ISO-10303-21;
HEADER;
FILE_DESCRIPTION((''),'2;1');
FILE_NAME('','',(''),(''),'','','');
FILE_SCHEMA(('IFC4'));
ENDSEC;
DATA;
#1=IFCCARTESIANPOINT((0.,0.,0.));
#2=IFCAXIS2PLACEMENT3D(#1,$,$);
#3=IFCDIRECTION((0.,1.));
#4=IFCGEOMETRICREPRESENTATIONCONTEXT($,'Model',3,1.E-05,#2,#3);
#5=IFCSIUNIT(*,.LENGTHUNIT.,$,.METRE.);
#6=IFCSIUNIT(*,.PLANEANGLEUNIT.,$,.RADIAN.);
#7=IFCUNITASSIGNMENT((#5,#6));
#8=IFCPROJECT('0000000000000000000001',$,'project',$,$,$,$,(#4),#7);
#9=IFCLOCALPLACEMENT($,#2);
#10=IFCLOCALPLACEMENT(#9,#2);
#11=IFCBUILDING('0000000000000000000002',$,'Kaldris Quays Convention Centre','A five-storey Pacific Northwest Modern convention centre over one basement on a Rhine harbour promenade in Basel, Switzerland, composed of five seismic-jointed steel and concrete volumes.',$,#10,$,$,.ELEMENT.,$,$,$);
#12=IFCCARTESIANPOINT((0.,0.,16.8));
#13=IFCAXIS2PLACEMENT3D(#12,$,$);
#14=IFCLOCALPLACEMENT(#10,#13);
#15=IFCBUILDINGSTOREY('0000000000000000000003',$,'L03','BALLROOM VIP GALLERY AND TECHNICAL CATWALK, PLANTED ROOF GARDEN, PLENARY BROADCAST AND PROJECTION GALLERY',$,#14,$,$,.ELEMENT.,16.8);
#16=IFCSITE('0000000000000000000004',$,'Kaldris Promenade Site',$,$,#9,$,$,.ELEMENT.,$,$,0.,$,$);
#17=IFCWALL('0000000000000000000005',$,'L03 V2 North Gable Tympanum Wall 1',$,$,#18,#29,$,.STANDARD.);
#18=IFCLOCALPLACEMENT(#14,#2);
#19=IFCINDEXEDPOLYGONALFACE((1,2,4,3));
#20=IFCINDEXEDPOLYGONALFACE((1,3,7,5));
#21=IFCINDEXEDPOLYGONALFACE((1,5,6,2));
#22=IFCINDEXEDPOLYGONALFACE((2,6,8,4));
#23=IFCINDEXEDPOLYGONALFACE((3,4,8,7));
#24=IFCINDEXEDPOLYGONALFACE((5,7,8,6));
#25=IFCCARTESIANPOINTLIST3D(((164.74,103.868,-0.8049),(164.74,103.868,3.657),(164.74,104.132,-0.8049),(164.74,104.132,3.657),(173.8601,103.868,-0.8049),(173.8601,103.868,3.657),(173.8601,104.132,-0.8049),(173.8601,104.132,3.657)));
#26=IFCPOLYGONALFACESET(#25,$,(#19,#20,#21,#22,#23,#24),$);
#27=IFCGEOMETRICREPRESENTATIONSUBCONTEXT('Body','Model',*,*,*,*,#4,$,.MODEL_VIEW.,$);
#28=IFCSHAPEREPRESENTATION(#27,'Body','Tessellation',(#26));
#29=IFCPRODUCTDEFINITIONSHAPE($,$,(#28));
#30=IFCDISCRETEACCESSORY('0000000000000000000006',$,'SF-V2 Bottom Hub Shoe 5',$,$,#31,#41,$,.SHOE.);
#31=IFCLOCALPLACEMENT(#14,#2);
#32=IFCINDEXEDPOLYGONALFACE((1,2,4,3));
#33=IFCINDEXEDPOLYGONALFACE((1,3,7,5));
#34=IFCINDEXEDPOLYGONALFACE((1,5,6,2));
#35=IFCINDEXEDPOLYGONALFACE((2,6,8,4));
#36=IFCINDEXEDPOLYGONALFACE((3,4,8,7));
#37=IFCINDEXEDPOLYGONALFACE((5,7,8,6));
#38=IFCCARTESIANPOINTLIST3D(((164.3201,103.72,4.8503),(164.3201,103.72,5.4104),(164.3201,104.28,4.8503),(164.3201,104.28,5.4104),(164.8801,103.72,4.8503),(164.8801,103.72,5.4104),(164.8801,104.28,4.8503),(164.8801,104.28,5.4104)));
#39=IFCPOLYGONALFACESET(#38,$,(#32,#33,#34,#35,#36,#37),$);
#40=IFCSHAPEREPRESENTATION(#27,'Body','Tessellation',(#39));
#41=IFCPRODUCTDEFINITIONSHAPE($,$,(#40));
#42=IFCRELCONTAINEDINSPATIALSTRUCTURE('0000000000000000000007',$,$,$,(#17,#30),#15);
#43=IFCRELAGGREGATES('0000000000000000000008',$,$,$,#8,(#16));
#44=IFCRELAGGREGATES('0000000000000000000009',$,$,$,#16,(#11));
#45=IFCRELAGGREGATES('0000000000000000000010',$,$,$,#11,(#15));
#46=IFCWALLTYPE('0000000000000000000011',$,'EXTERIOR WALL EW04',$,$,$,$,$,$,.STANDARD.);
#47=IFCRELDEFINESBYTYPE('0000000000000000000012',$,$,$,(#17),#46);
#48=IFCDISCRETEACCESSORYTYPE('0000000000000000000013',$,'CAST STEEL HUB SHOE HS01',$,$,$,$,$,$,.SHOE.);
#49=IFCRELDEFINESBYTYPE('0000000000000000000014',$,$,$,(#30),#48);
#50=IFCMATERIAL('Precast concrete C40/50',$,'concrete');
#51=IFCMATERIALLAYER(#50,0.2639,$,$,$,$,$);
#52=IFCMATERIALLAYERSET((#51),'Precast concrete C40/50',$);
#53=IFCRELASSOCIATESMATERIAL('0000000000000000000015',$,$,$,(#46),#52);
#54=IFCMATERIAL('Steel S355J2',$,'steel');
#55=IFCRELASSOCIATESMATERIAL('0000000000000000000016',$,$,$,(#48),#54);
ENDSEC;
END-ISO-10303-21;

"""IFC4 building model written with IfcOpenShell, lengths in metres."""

from ifc_helpers import new_model, si_unit, direction, frame, frame_2d, origin, origin_2d, place, context, subcontext, project, spatial, rectangle, extrude, material, layer, layer_set, type_object, element, save


model = new_model("IFC4")

# Units and contexts
model_context = context("Model", 3, precision=1e-05, world=origin(), true_north=direction((0.0, 1.0)))
body_context = subcontext(model_context, "Body", "Model", "MODEL_VIEW")
ifc_project = project(units=[si_unit("LENGTHUNIT", "METRE"), si_unit("PLANEANGLEUNIT", "RADIAN")], contexts=[model_context])

# Site, building, storey
site_placement = place(None, origin())
site = spatial("IfcSite", under=ifc_project, at=site_placement, Name="Kaldris Promenade Site", CompositionType="ELEMENT", RefElevation=0.0)
building_placement = place(site_placement, origin())
building = spatial("IfcBuilding", under=site, at=building_placement, Name="Kaldris Quays Convention Centre", Description="A five-storey Pacific Northwest Modern convention centre over one basement on a Rhine harbour promenade in Basel, Switzerland, composed of five seismic-jointed steel and concrete volumes.", CompositionType="ELEMENT")
storey_placement = place(building_placement, frame((0.0, 0.0, 16.8)))
storey = spatial("IfcBuildingStorey", under=building, at=storey_placement, Name="L03", Description="BALLROOM VIP GALLERY AND TECHNICAL CATWALK, PLANTED ROOF GARDEN, PLENARY BROADCAST AND PROJECTION GALLERY", CompositionType="ELEMENT", Elevation=16.8)

# Shared definitions
ifc_material_1 = material(Name="Steel S355J2", Category="steel")

# Wall
ifc_material_2 = material(Name="Precast concrete C40/50", Category="concrete")
ifc_layer = layer(ifc_material_2, 0.2639)
ifc_layer_set = layer_set([ifc_layer], Name="Precast concrete C40/50")
wall_type = type_object("IfcWallType", Name="EXTERIOR WALL EW04", PredefinedType="STANDARD", material=ifc_layer_set)
wall_placement = place(storey_placement, frame((164.74, 104.0, -0.8049), z_axis=(0.0, 0.0, 1.0), x_axis=(1.0, 0.0, 0.0)))
element("IfcWall", 1, at=wall_placement, inside=storey, type_object=wall_type, Name="L03 V2 North Gable Tympanum Wall 1", PredefinedType="STANDARD", context=body_context, shape_type="SweptSolid", body=[
    extrude(rectangle(XDim=9.1201, YDim=0.2639, at=frame_2d((4.5601, 0.0))), origin(), (0.0, 0.0, 1.0), 4.4619),
])

# Discrete accessory
discrete_accessory_type = type_object("IfcDiscreteAccessoryType", Name="CAST STEEL HUB SHOE HS01", PredefinedType="SHOE", material=ifc_material_1)
discrete_accessory_placement = place(storey_placement, frame((164.6001, 104.0, 4.8503), z_axis=(0.0, 0.0, 1.0), x_axis=(1.0, 0.0, 0.0)))
element("IfcDiscreteAccessory", 2, at=discrete_accessory_placement, inside=storey, type_object=discrete_accessory_type, Name="SF-V2 Bottom Hub Shoe 5", PredefinedType="SHOE", context=body_context, shape_type="SweptSolid", body=[
    extrude(rectangle(XDim=0.5601, YDim=0.5601, at=origin_2d()), origin(), (0.0, 0.0, 1.0), 0.5601),
])

save(model, "model.ifc")
